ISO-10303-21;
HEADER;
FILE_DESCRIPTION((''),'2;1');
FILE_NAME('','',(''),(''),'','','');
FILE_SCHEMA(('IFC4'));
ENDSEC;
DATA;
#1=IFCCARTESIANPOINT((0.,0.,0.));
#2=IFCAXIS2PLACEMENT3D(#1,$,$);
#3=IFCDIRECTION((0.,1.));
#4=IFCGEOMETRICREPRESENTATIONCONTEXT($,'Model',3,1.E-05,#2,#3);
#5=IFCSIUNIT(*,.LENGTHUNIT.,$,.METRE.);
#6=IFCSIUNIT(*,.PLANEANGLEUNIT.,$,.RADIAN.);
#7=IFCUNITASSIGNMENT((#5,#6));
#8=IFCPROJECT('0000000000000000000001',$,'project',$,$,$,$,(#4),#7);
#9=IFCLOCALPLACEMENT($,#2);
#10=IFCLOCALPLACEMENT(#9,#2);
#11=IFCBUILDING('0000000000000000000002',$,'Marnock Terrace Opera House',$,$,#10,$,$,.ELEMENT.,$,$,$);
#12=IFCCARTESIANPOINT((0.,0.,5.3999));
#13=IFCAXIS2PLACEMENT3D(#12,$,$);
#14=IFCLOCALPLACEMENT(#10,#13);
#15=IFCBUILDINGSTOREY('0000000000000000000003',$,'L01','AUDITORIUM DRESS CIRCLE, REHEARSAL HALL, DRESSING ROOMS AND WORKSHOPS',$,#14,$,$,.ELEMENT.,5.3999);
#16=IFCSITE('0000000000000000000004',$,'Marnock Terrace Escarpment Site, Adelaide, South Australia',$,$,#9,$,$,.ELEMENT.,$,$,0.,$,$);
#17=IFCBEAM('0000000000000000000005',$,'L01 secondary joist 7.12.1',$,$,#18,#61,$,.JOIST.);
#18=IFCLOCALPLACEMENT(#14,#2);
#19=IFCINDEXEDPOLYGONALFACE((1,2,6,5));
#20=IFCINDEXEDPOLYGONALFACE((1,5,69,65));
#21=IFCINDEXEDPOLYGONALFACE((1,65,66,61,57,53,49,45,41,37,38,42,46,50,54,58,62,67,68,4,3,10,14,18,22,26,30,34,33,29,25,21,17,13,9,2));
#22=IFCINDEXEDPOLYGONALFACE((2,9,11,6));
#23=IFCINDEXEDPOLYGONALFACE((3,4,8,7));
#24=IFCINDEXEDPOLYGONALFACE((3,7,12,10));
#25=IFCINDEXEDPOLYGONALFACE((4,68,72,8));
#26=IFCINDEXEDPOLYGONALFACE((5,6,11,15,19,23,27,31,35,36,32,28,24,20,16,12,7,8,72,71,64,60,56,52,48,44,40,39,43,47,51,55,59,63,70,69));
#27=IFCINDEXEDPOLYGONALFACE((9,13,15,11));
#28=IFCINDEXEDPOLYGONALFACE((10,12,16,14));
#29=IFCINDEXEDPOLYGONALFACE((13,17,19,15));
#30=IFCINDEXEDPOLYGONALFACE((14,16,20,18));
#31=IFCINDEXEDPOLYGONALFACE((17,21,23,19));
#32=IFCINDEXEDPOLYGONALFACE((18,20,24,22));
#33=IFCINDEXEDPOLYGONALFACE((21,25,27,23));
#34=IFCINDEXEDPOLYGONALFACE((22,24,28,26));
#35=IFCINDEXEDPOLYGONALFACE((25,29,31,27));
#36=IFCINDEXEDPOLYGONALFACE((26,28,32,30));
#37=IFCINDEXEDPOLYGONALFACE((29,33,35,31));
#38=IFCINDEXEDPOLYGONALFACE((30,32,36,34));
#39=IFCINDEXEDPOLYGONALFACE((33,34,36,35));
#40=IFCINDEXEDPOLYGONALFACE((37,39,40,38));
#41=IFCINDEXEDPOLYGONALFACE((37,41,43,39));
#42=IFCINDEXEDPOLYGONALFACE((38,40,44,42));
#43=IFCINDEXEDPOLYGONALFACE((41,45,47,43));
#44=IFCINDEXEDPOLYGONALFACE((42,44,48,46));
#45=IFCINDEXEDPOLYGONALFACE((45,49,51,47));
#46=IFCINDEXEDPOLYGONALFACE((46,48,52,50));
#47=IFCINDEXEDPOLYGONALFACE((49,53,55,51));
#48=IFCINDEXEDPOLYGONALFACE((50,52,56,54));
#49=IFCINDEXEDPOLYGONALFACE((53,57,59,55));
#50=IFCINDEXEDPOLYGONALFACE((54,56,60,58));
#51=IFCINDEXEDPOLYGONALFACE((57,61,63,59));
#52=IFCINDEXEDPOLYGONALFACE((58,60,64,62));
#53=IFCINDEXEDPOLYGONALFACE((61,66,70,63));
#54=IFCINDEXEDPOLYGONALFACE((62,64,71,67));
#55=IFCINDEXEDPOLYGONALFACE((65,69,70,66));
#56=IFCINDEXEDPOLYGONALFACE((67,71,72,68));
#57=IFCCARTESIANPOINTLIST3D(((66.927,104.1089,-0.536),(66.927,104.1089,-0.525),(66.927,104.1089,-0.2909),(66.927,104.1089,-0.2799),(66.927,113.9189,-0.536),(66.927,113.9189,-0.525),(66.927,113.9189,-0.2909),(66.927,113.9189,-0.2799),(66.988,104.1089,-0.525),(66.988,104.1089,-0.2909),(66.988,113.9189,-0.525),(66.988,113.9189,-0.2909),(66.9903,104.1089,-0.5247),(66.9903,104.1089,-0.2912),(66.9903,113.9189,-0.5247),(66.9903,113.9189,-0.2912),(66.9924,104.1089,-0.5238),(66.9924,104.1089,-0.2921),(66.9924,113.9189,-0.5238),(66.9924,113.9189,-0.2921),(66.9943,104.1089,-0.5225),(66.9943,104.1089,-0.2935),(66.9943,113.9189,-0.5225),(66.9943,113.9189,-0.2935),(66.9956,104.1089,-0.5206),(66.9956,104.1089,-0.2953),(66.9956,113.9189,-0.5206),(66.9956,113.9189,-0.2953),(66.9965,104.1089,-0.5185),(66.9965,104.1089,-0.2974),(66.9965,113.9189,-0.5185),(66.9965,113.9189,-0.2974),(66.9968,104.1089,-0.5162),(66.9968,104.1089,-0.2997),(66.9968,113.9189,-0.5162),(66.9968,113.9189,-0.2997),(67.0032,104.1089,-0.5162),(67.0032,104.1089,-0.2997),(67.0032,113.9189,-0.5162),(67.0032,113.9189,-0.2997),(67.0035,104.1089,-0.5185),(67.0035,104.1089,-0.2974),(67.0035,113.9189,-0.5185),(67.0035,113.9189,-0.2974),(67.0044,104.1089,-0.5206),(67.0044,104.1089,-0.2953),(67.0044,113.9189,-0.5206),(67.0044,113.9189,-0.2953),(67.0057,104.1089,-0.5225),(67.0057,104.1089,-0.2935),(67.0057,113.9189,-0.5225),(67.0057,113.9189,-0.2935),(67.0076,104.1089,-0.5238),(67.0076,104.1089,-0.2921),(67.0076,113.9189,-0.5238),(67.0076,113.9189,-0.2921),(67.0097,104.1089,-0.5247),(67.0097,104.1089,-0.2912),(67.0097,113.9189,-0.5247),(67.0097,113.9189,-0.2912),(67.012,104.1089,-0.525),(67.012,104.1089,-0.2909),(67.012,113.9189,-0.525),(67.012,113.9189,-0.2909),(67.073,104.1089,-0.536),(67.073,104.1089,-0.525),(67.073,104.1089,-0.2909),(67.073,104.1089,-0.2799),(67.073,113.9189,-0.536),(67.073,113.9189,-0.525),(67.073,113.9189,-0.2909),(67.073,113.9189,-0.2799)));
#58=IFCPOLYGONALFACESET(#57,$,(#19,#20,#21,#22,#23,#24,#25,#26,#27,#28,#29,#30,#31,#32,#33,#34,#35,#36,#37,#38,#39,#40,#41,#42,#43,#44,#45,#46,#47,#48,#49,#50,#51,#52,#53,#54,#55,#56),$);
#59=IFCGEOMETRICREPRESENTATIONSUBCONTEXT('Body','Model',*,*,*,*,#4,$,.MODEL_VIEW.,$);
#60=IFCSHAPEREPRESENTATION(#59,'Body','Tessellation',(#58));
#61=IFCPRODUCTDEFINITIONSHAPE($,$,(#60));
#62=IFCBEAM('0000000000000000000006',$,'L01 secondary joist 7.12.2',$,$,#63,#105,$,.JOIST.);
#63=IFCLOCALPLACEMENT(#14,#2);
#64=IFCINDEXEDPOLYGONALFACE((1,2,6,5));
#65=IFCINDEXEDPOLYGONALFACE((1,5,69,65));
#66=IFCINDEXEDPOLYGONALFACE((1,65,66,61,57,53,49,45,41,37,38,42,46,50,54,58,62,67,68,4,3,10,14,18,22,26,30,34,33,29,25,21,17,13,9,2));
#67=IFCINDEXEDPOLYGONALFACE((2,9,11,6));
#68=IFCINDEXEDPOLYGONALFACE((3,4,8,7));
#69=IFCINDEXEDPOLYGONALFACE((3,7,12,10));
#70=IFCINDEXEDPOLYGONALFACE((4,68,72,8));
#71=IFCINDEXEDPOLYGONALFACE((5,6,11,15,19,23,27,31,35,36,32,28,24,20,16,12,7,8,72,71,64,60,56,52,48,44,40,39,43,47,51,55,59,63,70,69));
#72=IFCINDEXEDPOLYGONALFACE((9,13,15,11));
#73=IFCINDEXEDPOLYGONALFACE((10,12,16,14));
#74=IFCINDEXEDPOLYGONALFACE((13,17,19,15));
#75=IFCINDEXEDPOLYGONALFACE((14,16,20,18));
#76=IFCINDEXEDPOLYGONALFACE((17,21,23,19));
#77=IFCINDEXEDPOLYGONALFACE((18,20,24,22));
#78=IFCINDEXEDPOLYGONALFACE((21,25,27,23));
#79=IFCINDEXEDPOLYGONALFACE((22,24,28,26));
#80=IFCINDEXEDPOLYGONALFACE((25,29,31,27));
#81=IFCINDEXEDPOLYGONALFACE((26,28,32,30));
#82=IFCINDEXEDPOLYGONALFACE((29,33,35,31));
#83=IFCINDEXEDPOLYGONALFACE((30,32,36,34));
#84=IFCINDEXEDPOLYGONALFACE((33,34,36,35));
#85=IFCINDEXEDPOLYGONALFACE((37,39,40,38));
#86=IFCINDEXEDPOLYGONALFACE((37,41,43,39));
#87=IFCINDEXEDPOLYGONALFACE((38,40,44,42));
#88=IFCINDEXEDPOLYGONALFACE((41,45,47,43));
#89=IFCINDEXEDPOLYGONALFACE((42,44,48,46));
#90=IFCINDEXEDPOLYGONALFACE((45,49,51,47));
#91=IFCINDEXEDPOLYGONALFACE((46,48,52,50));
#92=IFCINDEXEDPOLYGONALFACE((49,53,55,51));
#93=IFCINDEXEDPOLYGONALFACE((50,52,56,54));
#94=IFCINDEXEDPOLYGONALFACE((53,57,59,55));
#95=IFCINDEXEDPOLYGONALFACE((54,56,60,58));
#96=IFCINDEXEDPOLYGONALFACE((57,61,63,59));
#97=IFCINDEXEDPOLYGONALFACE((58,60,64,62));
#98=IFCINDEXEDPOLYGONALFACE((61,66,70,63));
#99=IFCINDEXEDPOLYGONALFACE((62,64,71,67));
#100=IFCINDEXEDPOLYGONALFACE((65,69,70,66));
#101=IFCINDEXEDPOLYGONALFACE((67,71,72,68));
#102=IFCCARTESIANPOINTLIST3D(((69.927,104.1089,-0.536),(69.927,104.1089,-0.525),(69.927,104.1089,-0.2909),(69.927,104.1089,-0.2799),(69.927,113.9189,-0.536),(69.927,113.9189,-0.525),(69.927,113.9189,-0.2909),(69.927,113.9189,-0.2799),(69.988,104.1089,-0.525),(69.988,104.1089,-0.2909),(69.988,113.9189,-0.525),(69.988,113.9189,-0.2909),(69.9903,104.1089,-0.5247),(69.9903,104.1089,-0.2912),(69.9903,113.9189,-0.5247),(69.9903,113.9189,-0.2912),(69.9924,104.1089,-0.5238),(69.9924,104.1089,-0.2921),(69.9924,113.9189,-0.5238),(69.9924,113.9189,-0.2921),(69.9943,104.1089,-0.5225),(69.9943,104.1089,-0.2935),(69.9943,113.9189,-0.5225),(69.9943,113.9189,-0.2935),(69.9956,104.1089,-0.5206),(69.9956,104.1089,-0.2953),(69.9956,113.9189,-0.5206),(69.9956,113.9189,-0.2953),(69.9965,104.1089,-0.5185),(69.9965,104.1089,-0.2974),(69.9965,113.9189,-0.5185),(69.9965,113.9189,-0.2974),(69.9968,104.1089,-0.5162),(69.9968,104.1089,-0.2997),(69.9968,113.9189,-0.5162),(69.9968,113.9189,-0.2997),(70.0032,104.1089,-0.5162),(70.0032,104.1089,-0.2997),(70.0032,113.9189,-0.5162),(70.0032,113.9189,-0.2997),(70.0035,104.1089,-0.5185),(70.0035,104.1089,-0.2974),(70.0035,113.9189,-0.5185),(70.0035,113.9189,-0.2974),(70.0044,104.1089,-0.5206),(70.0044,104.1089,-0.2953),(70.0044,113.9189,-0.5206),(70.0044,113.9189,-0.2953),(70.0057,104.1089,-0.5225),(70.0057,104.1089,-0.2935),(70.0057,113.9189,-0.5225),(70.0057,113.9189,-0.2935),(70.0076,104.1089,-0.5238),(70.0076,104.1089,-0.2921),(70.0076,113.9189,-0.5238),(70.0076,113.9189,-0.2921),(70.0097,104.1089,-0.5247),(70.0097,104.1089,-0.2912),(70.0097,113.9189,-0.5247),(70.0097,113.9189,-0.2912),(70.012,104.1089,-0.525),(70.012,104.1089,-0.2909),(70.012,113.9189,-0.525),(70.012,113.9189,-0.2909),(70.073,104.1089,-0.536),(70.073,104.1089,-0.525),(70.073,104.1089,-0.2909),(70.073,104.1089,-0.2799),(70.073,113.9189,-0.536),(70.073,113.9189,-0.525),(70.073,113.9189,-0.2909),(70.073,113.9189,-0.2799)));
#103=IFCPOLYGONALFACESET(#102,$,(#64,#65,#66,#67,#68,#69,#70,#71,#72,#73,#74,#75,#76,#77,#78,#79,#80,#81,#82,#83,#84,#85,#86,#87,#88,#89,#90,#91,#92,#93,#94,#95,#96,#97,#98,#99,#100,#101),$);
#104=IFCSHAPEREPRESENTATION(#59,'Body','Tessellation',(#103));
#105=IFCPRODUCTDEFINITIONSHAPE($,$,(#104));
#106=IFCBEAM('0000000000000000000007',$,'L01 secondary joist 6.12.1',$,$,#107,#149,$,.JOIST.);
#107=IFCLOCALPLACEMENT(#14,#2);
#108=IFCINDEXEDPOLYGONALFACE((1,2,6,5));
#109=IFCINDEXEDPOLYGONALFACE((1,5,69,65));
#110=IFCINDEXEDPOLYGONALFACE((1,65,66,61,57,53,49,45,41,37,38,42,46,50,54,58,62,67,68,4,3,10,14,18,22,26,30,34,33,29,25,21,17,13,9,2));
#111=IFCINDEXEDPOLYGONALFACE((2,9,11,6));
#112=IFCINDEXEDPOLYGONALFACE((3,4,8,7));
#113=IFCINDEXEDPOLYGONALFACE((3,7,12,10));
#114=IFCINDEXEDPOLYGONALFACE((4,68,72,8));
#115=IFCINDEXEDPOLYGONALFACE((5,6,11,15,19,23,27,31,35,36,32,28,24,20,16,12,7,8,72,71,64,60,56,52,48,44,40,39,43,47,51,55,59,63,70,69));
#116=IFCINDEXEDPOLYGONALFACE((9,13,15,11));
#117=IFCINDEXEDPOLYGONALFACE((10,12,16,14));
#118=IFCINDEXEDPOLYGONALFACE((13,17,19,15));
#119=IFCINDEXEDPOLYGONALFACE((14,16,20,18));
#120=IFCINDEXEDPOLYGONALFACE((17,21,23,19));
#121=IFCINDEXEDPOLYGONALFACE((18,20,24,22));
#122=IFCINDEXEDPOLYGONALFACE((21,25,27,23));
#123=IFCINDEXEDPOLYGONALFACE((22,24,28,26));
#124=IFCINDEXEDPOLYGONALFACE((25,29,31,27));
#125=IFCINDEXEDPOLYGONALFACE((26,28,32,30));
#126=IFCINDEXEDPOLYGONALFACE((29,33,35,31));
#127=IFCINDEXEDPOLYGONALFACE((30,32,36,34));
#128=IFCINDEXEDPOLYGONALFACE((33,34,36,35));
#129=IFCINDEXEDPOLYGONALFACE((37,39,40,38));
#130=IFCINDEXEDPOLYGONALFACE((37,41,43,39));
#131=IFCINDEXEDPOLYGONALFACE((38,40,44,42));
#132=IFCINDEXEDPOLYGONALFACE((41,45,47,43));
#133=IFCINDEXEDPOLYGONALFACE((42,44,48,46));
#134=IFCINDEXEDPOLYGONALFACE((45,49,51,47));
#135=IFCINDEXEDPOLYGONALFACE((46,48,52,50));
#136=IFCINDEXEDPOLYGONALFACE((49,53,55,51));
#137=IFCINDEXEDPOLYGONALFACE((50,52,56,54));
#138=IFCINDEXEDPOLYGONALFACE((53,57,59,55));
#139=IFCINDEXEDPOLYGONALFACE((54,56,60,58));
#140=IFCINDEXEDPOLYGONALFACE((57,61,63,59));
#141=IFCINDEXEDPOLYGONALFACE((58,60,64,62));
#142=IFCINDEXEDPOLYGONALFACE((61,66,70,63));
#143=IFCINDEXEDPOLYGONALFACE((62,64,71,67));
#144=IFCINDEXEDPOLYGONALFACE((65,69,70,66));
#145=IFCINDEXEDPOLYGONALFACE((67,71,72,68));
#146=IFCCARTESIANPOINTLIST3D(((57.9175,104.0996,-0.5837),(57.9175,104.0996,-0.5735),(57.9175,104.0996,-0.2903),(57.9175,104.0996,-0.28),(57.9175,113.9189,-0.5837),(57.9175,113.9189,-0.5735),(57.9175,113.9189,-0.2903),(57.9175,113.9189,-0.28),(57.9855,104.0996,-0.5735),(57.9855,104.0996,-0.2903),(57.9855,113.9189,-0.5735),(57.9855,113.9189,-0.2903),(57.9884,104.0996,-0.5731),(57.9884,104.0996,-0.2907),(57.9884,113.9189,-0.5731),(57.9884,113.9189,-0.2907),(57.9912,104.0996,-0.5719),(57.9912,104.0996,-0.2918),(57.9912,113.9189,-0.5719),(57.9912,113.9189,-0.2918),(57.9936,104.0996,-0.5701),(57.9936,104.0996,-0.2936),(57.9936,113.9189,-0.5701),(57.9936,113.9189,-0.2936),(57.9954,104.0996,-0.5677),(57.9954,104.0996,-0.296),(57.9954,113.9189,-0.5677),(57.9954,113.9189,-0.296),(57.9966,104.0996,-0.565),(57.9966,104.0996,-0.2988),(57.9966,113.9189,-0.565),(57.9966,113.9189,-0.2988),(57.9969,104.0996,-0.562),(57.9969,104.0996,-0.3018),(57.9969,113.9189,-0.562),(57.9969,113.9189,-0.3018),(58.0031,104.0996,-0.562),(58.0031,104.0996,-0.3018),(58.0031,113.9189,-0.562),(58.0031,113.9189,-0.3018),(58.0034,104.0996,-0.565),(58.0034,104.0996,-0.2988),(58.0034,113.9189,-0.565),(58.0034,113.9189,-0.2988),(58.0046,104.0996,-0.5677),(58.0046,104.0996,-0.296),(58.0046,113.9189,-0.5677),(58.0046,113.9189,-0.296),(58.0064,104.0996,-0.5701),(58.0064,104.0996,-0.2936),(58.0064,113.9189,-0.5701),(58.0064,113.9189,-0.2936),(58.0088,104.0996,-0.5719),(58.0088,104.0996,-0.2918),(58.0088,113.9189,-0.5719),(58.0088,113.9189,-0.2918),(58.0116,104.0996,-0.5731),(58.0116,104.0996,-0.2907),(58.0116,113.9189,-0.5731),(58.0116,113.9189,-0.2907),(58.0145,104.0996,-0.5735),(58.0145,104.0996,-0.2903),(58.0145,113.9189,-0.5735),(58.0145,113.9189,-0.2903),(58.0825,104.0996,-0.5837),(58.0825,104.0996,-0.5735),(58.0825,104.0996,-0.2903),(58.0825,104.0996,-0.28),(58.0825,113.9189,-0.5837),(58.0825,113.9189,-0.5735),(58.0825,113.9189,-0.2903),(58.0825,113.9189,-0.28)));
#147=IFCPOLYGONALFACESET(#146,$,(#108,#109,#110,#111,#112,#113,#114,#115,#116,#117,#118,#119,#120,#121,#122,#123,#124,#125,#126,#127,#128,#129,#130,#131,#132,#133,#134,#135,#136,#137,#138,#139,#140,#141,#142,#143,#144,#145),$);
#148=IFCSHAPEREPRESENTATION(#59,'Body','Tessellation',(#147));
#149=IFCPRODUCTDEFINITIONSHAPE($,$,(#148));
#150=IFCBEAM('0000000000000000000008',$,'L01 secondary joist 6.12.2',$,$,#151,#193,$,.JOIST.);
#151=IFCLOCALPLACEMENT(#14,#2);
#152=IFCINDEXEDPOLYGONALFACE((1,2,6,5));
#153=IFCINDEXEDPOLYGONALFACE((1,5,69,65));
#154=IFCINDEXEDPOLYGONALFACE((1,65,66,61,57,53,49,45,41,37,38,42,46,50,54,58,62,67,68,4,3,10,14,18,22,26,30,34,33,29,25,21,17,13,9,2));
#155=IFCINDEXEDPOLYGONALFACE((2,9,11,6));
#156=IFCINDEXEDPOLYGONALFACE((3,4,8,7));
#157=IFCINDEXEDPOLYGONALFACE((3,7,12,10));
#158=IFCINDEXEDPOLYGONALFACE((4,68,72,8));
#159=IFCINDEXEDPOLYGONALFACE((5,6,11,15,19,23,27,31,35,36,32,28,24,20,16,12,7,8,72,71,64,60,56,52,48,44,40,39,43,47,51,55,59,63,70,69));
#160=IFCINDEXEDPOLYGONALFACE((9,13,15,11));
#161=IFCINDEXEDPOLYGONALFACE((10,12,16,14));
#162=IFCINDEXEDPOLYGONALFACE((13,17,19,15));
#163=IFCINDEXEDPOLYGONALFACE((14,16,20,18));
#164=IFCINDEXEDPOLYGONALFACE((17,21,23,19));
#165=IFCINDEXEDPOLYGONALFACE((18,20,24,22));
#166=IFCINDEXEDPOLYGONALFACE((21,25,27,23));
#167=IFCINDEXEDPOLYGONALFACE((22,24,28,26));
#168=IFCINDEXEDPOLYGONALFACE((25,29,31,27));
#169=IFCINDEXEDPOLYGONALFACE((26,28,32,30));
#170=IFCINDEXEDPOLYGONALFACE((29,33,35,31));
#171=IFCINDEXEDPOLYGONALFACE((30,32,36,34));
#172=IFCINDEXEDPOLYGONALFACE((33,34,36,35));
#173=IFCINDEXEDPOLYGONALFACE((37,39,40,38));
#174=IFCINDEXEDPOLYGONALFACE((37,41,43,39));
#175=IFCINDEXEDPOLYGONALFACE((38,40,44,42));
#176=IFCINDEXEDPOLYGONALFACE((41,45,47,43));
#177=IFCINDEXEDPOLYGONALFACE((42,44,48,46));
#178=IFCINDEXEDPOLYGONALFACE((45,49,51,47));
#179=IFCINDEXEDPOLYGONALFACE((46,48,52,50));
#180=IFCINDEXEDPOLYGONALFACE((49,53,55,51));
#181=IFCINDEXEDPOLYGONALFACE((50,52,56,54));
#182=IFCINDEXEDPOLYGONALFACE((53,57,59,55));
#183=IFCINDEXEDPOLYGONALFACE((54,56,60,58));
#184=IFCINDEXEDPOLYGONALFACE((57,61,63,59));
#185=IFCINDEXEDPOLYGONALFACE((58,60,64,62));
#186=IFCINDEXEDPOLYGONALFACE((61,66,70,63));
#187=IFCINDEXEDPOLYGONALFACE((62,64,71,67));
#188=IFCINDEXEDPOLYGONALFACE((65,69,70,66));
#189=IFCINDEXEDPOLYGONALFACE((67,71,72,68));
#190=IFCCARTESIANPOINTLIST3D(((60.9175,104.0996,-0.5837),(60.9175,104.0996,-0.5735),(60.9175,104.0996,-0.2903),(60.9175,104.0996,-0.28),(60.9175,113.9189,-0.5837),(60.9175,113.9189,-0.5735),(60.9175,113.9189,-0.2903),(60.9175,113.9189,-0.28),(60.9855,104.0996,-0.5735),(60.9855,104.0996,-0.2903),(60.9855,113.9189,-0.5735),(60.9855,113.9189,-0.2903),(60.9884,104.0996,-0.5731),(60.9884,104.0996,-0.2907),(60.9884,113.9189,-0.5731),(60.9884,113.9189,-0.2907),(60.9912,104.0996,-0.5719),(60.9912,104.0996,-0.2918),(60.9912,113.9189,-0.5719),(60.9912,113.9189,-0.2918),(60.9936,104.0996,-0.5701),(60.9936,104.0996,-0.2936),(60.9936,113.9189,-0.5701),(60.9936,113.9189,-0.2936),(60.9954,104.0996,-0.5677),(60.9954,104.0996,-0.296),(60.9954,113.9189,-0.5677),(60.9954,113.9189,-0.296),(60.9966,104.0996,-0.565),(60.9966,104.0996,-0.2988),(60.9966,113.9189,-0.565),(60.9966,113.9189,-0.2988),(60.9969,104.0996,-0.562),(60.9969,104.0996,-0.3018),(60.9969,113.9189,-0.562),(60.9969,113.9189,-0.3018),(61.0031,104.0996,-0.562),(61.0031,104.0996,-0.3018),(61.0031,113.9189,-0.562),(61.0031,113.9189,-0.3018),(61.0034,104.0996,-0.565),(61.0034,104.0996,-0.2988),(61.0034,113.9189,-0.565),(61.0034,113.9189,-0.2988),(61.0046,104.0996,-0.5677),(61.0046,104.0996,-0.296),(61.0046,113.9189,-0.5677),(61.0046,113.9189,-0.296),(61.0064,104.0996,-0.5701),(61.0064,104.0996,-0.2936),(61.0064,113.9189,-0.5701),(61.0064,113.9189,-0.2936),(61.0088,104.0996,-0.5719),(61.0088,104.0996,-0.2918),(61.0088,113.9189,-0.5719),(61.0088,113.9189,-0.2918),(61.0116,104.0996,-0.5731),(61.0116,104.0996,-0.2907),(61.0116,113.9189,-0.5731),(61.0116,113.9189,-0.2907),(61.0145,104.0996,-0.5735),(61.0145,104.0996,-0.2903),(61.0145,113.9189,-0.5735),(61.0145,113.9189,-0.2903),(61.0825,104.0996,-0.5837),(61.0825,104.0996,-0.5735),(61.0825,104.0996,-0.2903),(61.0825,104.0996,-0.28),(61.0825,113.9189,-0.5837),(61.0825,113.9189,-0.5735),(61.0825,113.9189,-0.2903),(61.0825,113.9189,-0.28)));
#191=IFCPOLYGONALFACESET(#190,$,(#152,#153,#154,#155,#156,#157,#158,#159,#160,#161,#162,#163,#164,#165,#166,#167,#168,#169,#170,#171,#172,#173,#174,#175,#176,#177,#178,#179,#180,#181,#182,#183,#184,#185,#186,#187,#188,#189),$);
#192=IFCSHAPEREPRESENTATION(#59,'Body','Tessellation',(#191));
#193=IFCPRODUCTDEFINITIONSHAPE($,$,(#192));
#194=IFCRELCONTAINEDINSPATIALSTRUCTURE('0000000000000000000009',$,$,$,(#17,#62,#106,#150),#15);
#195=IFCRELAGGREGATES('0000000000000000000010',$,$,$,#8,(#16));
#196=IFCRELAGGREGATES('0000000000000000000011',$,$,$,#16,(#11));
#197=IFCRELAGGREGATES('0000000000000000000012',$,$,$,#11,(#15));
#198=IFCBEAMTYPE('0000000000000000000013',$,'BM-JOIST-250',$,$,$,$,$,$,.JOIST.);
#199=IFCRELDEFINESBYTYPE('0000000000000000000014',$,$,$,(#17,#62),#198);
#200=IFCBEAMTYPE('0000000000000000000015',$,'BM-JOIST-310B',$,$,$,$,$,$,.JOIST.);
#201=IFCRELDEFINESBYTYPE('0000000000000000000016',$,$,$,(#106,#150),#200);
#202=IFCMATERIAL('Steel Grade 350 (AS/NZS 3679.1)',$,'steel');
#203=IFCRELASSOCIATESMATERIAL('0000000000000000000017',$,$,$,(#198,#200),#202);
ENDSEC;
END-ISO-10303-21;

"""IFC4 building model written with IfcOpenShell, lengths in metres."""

from ifc_helpers import new_model, si_unit, direction, frame, origin, origin_2d, place, context, subcontext, project, spatial, i_section, extrude, material, material_profile, profile_set, type_object, element, save


model = new_model("IFC4")

# Units and contexts
model_context = context("Model", 3, precision=1e-05, world=origin(), true_north=direction((0.0, 1.0)))
body_context = subcontext(model_context, "Body", "Model", "MODEL_VIEW")
ifc_project = project(units=[si_unit("LENGTHUNIT", "METRE"), si_unit("PLANEANGLEUNIT", "RADIAN")], contexts=[model_context])

# Site, building, storey
site_placement = place(None, origin())
site = spatial("IfcSite", under=ifc_project, at=site_placement, Name="Marnock Terrace Escarpment Site, Adelaide, South Australia", CompositionType="ELEMENT", RefElevation=0.0)
building_placement = place(site_placement, origin())
building = spatial("IfcBuilding", under=site, at=building_placement, Name="Marnock Terrace Opera House", CompositionType="ELEMENT")
storey_placement = place(building_placement, frame((0.0, 0.0, 5.3999)))
storey = spatial("IfcBuildingStorey", under=building, at=storey_placement, Name="L01", Description="AUDITORIUM DRESS CIRCLE, REHEARSAL HALL, DRESSING ROOMS AND WORKSHOPS", CompositionType="ELEMENT", Elevation=5.3999)

# Beams
ifc_material_1 = material(Name="Steel Grade 350 (AS/NZS 3679.1)", Category="steel")
ifc_material_profile_1 = material_profile(ifc_material_1, i_section(OverallWidth=0.146, OverallDepth=0.2561, WebThickness=0.0063, FlangeThickness=0.011, FilletRadius=0.0088, at=origin_2d()))
ifc_profile_set_1 = profile_set([ifc_material_profile_1], Name="Steel Grade 350 (AS/NZS 3679.1)")
beam_type_1 = type_object("IfcBeamType", Name="BM-JOIST-250", PredefinedType="JOIST", material=ifc_profile_set_1)
for number, where, z_axis, x_axis, name in (
    (1, (67.0, 104.1089, -0.408), (0.0, 1.0, 0.0), (-1.0, 0.0, 0.0), "L01 secondary joist 7.12.1"),
    (2, (70.0, 104.1089, -0.408), (0.0, 1.0, 0.0), (-1.0, 0.0, 0.0), "L01 secondary joist 7.12.2"),
):
    element("IfcBeam", number, at=place(storey_placement, frame(where, z_axis=z_axis, x_axis=x_axis)), inside=storey, type_object=beam_type_1, Name=name, PredefinedType="JOIST", context=body_context, shape_type="SweptSolid", body=[
        extrude(i_section(OverallWidth=0.146, OverallDepth=0.2561, WebThickness=0.0063, FlangeThickness=0.011, FilletRadius=0.0088, at=origin_2d()), origin(), (0.0, 0.0, 1.0), 9.8101),
    ])
ifc_material_profile_2 = material_profile(ifc_material_1, i_section(OverallWidth=0.165, OverallDepth=0.3037, WebThickness=0.0061, FlangeThickness=0.0103, FilletRadius=0.0115, at=origin_2d()))
ifc_profile_set_2 = profile_set([ifc_material_profile_2], Name="Steel Grade 350 (AS/NZS 3679.1)")
beam_type_2 = type_object("IfcBeamType", Name="BM-JOIST-310B", PredefinedType="JOIST", material=ifc_profile_set_2)
for number, where, z_axis, x_axis, name in (
    (3, (58.0, 104.0996, -0.4319), (0.0, 1.0, 0.0), (-1.0, 0.0, 0.0), "L01 secondary joist 6.12.1"),
    (4, (61.0, 104.0996, -0.4319), (0.0, 1.0, 0.0), (-1.0, 0.0, 0.0), "L01 secondary joist 6.12.2"),
):
    element("IfcBeam", number, at=place(storey_placement, frame(where, z_axis=z_axis, x_axis=x_axis)), inside=storey, type_object=beam_type_2, Name=name, PredefinedType="JOIST", context=body_context, shape_type="SweptSolid", body=[
        extrude(i_section(OverallWidth=0.165, OverallDepth=0.3037, WebThickness=0.0061, FlangeThickness=0.0103, FilletRadius=0.0115, at=origin_2d()), origin(), (0.0, 0.0, 1.0), 9.8193),
    ])

save(model, "model.ifc")
